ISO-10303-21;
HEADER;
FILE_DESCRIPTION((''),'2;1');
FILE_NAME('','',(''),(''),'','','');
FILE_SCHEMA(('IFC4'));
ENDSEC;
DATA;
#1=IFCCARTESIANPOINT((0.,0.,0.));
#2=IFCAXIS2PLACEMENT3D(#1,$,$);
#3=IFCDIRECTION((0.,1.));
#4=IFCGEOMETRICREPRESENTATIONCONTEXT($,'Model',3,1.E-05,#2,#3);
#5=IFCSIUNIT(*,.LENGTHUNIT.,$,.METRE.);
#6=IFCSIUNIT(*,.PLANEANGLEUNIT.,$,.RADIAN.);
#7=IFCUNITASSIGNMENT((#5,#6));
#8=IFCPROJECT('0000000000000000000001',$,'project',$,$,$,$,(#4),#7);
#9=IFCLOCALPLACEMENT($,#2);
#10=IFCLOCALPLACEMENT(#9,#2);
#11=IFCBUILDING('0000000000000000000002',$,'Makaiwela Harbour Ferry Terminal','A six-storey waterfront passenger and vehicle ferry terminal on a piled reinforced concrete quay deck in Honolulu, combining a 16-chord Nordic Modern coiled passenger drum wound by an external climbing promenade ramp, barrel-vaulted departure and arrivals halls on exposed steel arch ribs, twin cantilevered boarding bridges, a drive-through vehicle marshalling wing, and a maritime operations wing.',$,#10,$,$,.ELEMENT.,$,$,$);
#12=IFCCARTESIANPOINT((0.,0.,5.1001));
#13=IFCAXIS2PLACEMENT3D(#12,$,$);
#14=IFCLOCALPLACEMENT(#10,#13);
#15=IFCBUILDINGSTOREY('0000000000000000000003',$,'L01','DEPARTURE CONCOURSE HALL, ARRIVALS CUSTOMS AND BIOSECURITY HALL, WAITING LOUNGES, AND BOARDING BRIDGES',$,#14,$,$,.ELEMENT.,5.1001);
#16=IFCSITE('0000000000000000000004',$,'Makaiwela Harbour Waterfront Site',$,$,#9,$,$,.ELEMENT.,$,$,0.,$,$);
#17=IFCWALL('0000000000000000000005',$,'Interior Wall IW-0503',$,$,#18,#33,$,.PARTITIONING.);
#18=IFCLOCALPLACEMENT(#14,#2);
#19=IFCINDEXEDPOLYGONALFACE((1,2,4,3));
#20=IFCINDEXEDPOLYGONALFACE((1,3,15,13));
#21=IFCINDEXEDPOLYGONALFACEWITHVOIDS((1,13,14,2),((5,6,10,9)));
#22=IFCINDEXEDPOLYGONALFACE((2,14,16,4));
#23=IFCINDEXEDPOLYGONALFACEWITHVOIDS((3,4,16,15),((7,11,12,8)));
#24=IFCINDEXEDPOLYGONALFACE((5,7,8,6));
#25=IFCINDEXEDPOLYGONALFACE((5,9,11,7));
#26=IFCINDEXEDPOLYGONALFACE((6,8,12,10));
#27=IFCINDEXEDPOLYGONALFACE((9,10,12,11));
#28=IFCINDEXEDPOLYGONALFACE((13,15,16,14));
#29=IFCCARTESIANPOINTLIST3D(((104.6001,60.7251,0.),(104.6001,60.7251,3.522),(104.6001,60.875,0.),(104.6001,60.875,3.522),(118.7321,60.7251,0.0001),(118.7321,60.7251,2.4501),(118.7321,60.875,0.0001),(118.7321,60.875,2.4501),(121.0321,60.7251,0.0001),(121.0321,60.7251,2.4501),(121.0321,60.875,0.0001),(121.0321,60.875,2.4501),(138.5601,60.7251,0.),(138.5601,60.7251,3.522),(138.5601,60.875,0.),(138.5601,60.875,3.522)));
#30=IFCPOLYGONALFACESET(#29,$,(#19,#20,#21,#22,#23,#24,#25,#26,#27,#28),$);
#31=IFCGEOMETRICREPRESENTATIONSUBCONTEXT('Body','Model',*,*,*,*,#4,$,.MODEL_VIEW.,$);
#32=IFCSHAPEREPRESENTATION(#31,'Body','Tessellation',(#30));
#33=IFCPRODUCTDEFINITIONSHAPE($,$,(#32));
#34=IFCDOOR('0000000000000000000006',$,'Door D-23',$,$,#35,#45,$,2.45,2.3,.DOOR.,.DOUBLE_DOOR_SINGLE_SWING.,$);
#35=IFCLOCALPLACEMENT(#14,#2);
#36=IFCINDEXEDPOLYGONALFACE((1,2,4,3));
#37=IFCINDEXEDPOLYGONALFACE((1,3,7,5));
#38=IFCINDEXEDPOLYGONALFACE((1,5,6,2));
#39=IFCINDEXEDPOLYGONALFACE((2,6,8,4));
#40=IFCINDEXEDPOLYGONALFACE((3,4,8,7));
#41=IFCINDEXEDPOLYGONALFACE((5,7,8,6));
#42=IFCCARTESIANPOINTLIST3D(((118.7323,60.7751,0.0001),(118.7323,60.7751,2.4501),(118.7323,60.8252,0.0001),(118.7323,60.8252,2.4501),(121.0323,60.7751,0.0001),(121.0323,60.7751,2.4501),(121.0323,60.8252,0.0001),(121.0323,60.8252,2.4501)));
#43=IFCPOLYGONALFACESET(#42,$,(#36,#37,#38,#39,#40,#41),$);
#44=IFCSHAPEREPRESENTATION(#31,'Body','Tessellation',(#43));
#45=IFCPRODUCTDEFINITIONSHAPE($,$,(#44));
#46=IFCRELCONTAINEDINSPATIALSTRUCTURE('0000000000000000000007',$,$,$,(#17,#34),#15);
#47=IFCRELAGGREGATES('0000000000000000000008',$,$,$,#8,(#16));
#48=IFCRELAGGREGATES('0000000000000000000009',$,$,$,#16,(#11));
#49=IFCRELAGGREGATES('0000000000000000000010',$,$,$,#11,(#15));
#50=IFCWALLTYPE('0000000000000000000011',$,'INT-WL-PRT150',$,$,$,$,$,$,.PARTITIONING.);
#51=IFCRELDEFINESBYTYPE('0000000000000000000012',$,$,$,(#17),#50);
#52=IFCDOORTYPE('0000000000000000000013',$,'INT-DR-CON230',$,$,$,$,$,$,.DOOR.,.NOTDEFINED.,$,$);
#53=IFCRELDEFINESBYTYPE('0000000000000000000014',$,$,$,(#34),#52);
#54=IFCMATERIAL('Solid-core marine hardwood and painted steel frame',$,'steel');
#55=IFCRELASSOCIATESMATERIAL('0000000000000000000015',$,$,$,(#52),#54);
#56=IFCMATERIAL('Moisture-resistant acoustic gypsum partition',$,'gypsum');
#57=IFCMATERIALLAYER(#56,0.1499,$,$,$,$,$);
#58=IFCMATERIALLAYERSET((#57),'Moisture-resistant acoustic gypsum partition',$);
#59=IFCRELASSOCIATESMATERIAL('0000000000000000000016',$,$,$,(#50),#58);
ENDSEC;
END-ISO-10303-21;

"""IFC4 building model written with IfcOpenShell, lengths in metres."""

from ifc_helpers import new_model, si_unit, direction, frame, frame_2d, origin, place, context, subcontext, project, spatial, rectangle, extrude, material, layer, layer_set, type_object, element, fill, save


model = new_model("IFC4")

# Units and contexts
model_context = context("Model", 3, precision=1e-05, world=origin(), true_north=direction((0.0, 1.0)))
body_context = subcontext(model_context, "Body", "Model", "MODEL_VIEW")
ifc_project = project(units=[si_unit("LENGTHUNIT", "METRE"), si_unit("PLANEANGLEUNIT", "RADIAN")], contexts=[model_context])

# Site, building, storey
site_placement = place(None, origin())
site = spatial("IfcSite", under=ifc_project, at=site_placement, Name="Makaiwela Harbour Waterfront Site", CompositionType="ELEMENT", RefElevation=0.0)
building_placement = place(site_placement, origin())
building = spatial("IfcBuilding", under=site, at=building_placement, Name="Makaiwela Harbour Ferry Terminal", Description="A six-storey waterfront passenger and vehicle ferry terminal on a piled reinforced concrete quay deck in Honolulu, combining a 16-chord Nordic Modern coiled passenger drum wound by an external climbing promenade ramp, barrel-vaulted departure and arrivals halls on exposed steel arch ribs, twin cantilevered boarding bridges, a drive-through vehicle marshalling wing, and a maritime operations wing.", CompositionType="ELEMENT")
storey_placement = place(building_placement, frame((0.0, 0.0, 5.1001)))
storey = spatial("IfcBuildingStorey", under=building, at=storey_placement, Name="L01", Description="DEPARTURE CONCOURSE HALL, ARRIVALS CUSTOMS AND BIOSECURITY HALL, WAITING LOUNGES, AND BOARDING BRIDGES", CompositionType="ELEMENT", Elevation=5.1001)

# Shared definitions
ifc_material_1 = material(Name="Moisture-resistant acoustic gypsum partition", Category="gypsum")
ifc_material_2 = material(Name="Solid-core marine hardwood and painted steel frame", Category="steel")
door_type_1 = type_object("IfcDoorType", Name="INT-DR-CON230", OperationType="NOTDEFINED", PredefinedType="DOOR", material=ifc_material_2)

# Wall, opening, door
ifc_layer_1 = layer(ifc_material_1, 0.1499)
ifc_layer_set_1 = layer_set([ifc_layer_1], Name="Moisture-resistant acoustic gypsum partition")
wall_type_1 = type_object("IfcWallType", Name="INT-WL-PRT150", PredefinedType="PARTITIONING", material=ifc_layer_set_1)
wall_1_placement = place(storey_placement, frame((104.6001, 60.8, 0.0), z_axis=(0.0, 0.0, 1.0), x_axis=(1.0, 0.0, 0.0)))
wall_1 = element("IfcWall", 1, at=wall_1_placement, inside=storey, type_object=wall_type_1, Name="Interior Wall IW-0503", PredefinedType="PARTITIONING", context=body_context, shape_type="SweptSolid", body=[
    extrude(rectangle(XDim=33.96, YDim=0.1499, at=frame_2d((16.98, 0.0))), origin(), (0.0, 0.0, 1.0), 3.522),
])
opening_1_placement = place(wall_1_placement, frame((14.1321, 0.0, 0.0)))
opening_1 = element("IfcOpeningElement", 2, at=opening_1_placement, cuts=wall_1, PredefinedType="OPENING", context=body_context, shape_type="SweptSolid", body=[
    extrude(rectangle(XDim=2.3, YDim=2.45, at=frame_2d((1.1499, 1.2251))), frame((0.0, 0.085, 0.0), z_axis=(0.0, -1.0, 0.0), x_axis=(1.0, 0.0, 0.0)), (0.0, 0.0, 1.0), 0.1699),
])
door_1_placement = place(opening_1_placement, frame((2.3, 0.0, 0.0), z_axis=(0.0, 0.0, 1.0), x_axis=(-1.0, 0.0, 0.0)))
door_1 = element("IfcDoor", 3, at=door_1_placement, inside=storey, type_object=door_type_1, Name="Door D-23", OperationType="DOUBLE_DOOR_SINGLE_SWING", OverallHeight=2.45, OverallWidth=2.3, PredefinedType="DOOR", context=body_context, shape_type="SweptSolid", body=[
    extrude(rectangle(XDim=2.3, YDim=2.45, at=frame_2d((1.1499, 1.2251))), frame((0.0, 0.0249, 0.0), z_axis=(0.0, -1.0, 0.0), x_axis=(1.0, 0.0, 0.0)), (0.0, 0.0, 1.0), 0.05),
])
fill(opening_1, door_1)

save(model, "model.ifc")
